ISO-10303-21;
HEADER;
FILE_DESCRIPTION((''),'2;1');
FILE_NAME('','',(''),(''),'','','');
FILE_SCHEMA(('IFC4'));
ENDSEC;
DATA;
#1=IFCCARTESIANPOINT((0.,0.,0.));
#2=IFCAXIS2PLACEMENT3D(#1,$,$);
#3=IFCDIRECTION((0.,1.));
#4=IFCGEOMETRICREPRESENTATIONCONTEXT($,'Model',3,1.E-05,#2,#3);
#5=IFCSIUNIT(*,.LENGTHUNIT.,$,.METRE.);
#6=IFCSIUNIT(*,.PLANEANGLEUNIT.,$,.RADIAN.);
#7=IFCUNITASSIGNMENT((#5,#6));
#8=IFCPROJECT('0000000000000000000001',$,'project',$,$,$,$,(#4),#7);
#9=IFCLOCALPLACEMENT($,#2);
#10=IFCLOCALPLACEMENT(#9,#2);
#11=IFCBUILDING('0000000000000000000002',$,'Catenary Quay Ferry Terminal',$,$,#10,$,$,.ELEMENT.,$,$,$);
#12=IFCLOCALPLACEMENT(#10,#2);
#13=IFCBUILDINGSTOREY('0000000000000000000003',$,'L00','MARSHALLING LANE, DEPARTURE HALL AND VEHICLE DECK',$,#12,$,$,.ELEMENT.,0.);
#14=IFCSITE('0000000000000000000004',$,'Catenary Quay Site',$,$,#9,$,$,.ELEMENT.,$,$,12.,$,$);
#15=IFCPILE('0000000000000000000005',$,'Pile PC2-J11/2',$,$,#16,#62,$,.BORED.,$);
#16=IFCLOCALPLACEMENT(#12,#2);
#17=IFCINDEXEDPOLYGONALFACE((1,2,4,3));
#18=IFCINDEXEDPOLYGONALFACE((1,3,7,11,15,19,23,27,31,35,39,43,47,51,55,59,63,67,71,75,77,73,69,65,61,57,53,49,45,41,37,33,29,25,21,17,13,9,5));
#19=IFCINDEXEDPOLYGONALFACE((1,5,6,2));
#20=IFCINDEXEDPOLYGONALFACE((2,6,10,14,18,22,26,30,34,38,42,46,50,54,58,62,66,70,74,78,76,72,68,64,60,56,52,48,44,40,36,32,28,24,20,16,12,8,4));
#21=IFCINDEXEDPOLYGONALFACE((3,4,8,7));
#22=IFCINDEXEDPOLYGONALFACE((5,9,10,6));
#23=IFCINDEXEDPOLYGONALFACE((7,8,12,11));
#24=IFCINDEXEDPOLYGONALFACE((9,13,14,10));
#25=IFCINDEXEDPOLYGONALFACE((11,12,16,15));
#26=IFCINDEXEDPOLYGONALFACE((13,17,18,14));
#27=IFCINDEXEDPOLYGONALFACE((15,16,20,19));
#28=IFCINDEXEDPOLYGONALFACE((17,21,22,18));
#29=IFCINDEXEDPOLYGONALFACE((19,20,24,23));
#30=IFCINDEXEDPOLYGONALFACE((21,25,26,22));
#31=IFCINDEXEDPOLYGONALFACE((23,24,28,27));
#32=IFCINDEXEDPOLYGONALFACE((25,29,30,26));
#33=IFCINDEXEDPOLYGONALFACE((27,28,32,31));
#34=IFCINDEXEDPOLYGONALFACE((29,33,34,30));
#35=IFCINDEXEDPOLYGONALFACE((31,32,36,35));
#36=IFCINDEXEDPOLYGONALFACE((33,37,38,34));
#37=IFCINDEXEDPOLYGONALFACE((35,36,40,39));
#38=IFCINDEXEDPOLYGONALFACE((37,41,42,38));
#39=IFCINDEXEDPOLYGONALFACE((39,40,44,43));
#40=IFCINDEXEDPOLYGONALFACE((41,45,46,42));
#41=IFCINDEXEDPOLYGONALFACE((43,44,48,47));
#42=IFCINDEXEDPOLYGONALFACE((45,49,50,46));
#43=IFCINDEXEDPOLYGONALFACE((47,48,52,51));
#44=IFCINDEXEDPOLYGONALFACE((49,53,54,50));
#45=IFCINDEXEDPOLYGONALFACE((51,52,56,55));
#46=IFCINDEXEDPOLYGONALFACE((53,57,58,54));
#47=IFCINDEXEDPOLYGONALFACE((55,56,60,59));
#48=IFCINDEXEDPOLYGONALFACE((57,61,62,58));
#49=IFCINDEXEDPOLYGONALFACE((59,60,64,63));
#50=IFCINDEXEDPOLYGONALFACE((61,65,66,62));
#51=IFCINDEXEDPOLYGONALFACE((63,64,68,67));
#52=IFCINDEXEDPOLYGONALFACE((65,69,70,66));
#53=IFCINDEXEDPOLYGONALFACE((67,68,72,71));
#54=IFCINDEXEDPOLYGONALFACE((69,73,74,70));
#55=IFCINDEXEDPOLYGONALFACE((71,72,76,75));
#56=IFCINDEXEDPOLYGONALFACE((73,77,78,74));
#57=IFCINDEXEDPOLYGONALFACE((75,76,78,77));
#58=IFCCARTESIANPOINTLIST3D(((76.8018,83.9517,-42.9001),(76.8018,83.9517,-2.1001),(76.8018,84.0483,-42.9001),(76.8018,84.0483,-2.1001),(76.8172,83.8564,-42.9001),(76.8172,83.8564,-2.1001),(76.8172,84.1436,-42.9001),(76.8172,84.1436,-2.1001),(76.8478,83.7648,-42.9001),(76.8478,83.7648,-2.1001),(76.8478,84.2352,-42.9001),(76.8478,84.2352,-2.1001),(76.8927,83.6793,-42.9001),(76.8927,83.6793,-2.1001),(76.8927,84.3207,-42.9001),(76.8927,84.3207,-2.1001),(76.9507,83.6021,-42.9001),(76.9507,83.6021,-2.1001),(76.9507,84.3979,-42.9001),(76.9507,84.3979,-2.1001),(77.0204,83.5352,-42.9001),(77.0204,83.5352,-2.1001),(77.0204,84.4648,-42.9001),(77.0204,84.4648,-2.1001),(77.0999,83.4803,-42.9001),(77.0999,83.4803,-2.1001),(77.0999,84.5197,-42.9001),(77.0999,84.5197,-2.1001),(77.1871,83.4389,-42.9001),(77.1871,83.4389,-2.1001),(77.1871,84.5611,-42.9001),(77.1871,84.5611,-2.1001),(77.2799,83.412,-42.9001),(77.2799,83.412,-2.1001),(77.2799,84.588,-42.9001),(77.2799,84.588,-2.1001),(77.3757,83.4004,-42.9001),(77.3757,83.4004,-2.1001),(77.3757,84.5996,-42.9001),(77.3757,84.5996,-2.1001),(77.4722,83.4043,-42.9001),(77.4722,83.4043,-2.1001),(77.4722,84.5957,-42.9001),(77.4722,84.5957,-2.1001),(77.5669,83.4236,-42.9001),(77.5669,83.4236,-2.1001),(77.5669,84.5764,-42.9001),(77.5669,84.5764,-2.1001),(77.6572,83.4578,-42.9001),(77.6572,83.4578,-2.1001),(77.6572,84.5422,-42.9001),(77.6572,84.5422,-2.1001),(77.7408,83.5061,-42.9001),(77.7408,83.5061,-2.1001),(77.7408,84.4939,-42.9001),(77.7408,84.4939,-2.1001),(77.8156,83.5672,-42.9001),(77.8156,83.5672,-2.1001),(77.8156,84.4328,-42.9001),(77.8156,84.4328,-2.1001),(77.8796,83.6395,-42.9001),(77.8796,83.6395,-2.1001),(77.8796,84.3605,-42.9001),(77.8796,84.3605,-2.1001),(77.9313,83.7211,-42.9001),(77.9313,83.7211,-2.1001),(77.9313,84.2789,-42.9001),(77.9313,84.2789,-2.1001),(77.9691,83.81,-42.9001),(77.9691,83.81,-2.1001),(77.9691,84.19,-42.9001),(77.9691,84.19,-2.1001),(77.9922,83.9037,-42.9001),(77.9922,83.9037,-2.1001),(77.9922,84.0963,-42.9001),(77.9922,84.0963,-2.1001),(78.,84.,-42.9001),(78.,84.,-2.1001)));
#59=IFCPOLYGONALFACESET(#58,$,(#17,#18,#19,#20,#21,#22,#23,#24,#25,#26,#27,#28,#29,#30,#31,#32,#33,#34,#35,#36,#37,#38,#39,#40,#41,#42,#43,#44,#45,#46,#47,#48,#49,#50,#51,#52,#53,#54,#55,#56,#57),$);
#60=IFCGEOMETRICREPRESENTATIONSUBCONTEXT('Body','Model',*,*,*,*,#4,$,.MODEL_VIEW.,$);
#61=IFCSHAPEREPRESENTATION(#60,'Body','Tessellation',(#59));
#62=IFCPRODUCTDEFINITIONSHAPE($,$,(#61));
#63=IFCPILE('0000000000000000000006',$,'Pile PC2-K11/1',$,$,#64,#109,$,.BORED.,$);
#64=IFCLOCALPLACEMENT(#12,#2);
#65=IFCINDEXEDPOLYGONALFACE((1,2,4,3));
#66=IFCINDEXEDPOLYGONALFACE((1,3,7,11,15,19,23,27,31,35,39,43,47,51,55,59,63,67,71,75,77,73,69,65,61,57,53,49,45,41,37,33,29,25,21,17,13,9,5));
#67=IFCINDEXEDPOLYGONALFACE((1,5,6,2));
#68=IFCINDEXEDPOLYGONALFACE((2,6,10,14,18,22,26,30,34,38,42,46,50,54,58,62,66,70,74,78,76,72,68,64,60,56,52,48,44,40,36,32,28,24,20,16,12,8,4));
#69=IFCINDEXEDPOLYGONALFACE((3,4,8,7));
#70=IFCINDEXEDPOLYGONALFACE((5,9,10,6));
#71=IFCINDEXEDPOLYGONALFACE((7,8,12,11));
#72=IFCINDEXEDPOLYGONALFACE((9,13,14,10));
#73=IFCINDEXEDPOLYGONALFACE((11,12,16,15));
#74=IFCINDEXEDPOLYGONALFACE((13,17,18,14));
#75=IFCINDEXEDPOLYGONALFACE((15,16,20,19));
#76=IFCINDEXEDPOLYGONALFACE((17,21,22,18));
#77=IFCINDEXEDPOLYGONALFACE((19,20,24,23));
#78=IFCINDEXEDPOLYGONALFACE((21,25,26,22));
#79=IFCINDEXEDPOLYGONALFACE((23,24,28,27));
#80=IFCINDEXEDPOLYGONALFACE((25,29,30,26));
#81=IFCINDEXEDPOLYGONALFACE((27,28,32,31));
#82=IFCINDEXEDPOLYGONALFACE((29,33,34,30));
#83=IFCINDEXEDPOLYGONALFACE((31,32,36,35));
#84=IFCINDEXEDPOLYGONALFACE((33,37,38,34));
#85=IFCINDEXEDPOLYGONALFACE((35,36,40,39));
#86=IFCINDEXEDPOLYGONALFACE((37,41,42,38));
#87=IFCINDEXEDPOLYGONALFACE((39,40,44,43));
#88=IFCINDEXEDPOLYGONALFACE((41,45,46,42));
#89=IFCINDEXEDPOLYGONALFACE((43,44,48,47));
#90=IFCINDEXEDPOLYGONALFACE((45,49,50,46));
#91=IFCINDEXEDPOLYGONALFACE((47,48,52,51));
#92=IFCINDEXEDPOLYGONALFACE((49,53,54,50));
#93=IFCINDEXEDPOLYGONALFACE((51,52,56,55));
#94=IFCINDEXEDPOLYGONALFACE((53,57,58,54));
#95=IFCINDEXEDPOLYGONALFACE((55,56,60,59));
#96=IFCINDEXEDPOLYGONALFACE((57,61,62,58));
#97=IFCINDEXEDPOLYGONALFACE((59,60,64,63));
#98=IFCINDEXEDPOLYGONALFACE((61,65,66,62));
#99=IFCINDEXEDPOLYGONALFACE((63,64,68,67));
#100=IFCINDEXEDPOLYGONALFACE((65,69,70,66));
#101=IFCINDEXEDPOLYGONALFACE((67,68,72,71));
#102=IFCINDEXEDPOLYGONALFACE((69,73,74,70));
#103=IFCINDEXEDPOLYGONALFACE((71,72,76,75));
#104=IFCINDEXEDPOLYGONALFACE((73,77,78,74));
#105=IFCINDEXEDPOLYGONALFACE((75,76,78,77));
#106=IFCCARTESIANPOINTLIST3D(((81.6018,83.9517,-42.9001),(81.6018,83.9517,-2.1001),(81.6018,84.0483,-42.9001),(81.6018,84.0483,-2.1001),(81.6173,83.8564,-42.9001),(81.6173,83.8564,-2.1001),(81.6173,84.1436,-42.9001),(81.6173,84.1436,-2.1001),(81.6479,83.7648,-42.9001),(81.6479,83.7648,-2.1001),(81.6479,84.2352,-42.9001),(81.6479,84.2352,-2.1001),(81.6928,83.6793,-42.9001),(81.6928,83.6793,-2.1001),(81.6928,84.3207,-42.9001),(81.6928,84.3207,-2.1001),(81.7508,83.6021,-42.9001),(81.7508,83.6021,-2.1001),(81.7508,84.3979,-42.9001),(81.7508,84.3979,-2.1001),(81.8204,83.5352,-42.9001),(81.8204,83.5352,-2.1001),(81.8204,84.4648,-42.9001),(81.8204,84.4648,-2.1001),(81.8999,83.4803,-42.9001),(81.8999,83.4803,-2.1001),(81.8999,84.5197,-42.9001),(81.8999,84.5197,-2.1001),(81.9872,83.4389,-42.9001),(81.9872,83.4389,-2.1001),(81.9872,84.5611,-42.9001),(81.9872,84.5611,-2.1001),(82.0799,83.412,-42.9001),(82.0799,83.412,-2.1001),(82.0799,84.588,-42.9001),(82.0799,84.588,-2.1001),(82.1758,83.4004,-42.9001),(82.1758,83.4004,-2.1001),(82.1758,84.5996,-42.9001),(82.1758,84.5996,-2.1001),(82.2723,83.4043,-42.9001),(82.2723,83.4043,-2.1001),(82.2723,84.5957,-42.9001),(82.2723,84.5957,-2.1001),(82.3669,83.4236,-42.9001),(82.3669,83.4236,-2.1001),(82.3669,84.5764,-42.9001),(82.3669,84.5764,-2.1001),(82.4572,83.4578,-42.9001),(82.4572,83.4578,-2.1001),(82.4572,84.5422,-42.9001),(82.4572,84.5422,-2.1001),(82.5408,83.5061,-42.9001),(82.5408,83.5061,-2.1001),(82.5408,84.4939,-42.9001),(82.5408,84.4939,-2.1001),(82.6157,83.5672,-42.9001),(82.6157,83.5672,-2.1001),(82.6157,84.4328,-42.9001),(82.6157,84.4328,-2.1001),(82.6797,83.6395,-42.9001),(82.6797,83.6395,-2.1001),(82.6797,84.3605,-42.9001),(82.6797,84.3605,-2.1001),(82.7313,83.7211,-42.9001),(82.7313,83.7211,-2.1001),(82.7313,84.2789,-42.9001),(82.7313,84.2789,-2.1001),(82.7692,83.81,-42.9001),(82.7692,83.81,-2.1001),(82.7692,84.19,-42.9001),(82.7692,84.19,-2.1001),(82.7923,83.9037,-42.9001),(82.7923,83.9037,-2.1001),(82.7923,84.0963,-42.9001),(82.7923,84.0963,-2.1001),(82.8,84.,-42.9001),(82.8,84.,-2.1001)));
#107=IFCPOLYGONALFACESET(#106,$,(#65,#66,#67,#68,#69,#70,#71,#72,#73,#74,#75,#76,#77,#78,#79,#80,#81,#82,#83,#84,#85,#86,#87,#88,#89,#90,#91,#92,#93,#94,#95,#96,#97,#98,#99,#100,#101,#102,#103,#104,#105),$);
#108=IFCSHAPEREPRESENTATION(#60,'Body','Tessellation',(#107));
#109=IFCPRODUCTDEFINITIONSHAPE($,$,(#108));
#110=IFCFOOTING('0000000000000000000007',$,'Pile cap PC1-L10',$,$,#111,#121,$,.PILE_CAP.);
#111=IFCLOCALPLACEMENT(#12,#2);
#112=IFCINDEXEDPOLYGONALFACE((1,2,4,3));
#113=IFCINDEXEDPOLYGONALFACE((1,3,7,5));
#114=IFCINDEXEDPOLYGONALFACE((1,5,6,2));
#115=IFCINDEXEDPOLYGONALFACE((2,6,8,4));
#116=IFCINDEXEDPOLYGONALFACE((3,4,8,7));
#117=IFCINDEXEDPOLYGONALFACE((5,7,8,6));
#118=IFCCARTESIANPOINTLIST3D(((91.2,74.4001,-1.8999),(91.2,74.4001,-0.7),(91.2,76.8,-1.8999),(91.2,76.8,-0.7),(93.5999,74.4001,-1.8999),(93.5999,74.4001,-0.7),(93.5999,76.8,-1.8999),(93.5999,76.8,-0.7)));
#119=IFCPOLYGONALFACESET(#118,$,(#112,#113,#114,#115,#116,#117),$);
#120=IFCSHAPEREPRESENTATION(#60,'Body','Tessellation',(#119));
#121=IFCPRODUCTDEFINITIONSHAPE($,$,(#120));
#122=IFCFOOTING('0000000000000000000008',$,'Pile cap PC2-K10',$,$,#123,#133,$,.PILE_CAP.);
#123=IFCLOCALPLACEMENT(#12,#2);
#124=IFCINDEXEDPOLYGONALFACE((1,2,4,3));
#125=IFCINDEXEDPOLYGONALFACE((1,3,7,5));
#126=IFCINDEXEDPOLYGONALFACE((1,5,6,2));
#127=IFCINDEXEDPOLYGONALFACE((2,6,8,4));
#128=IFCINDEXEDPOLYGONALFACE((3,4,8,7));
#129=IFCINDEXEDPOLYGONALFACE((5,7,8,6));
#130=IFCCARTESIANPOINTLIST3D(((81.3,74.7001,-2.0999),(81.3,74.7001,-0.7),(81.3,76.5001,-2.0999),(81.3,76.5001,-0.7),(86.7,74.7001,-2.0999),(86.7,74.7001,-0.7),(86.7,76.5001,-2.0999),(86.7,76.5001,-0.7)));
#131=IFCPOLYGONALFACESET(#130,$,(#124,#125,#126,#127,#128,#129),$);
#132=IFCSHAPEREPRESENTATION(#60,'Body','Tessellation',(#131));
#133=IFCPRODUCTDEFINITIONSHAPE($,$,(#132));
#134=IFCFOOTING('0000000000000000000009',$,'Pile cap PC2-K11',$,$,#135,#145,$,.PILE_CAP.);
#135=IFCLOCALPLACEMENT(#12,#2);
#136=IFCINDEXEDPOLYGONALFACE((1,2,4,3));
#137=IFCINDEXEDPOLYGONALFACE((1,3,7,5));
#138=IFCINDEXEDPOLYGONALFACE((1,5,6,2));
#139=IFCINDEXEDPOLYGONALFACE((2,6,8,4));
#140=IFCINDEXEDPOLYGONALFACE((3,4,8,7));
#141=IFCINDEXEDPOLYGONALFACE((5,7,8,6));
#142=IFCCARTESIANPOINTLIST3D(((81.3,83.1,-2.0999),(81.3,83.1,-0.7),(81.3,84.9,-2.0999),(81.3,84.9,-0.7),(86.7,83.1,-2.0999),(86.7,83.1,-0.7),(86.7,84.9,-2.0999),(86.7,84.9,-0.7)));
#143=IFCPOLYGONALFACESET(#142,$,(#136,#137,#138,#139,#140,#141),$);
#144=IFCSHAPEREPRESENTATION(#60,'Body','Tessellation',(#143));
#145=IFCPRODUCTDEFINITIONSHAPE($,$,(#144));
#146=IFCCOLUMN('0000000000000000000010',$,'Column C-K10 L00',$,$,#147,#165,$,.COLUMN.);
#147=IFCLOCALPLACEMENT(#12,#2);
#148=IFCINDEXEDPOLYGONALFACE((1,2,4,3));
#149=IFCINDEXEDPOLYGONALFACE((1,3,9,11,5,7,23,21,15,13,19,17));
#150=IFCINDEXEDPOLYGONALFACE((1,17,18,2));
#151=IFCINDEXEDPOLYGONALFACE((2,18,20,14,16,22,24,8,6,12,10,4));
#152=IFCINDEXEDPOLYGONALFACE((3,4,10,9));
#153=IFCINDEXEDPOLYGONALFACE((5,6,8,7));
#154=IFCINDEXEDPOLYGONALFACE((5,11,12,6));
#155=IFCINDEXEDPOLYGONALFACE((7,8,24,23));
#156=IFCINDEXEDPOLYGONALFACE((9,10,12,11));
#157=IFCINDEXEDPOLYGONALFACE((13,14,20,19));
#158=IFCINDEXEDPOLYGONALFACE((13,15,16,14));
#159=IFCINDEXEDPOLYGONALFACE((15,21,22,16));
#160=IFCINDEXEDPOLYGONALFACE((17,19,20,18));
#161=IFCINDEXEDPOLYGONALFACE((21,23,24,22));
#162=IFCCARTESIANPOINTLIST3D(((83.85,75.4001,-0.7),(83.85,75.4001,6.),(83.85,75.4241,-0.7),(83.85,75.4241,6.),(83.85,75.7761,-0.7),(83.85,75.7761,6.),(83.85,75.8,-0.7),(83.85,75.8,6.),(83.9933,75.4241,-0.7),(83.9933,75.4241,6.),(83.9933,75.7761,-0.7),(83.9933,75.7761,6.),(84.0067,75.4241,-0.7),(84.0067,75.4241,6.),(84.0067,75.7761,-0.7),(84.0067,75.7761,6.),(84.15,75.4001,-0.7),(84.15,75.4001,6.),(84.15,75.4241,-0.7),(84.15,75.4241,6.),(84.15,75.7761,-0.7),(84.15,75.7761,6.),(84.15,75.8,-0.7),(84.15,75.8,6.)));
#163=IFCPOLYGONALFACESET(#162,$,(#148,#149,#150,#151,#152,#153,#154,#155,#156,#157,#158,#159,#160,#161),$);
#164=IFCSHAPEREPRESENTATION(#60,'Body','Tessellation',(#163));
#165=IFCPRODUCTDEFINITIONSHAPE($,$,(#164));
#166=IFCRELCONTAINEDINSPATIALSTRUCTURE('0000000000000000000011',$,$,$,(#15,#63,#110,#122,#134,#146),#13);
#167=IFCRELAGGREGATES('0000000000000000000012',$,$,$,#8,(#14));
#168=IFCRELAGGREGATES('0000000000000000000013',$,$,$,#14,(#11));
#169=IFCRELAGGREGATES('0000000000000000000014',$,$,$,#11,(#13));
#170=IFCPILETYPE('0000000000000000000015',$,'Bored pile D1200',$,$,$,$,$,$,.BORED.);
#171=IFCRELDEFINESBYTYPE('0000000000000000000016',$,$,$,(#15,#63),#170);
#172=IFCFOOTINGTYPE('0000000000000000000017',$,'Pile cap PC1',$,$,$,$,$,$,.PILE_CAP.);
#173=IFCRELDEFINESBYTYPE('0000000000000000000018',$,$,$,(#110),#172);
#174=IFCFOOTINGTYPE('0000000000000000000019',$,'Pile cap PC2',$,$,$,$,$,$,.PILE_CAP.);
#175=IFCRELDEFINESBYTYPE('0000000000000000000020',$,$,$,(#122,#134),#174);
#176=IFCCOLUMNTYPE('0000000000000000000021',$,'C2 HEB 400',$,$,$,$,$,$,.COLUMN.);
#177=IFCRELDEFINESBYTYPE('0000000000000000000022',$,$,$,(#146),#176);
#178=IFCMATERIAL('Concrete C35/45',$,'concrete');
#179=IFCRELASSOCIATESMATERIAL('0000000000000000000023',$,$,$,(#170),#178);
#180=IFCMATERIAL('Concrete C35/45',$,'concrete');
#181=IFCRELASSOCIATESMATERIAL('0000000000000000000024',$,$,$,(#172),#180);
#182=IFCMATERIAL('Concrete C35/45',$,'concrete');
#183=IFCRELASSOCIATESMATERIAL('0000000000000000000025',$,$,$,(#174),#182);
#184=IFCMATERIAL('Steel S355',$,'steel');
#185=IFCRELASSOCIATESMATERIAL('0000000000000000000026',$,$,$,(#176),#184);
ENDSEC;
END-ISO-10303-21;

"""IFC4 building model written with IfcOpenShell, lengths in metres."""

from ifc_helpers import new_model, si_unit, direction, frame, origin, origin_2d, place, context, subcontext, project, spatial, rectangle, circle, i_section, extrude, material, material_profile, profile_set, type_object, element, save


model = new_model("IFC4")

# Units and contexts
model_context = context("Model", 3, precision=1e-05, world=origin(), true_north=direction((0.0, 1.0)))
body_context = subcontext(model_context, "Body", "Model", "MODEL_VIEW")
ifc_project = project(units=[si_unit("LENGTHUNIT", "METRE"), si_unit("PLANEANGLEUNIT", "RADIAN")], contexts=[model_context])

# Site, building, storey
site_placement = place(None, origin())
site = spatial("IfcSite", under=ifc_project, at=site_placement, Name="Catenary Quay Site", CompositionType="ELEMENT", RefElevation=12.0)
building_placement = place(site_placement, origin())
building = spatial("IfcBuilding", under=site, at=building_placement, Name="Catenary Quay Ferry Terminal", CompositionType="ELEMENT")
storey_placement = place(building_placement, origin())
storey = spatial("IfcBuildingStorey", under=building, at=storey_placement, Name="L00", Description="MARSHALLING LANE, DEPARTURE HALL AND VEHICLE DECK", CompositionType="ELEMENT", Elevation=0.0)

# Piles
ifc_material_1 = material(Name="Concrete C35/45", Category="concrete")
ifc_material_profile_1 = material_profile(ifc_material_1, circle(Radius=0.6001, at=origin_2d()), Name="D1200")
ifc_profile_set_1 = profile_set([ifc_material_profile_1], Name="Concrete C35/45")
pile_type = type_object("IfcPileType", Name="Bored pile D1200", PredefinedType="BORED", material=ifc_profile_set_1)
for number, where, z_axis, x_axis, name in (
    (1, (77.3999, 84.0, -2.1001), (0.0, 0.0, -1.0), (1.0, 0.0, 0.0), "Pile PC2-J11/2"),
    (2, (82.2, 84.0, -2.1001), (0.0, 0.0, -1.0), (1.0, 0.0, 0.0), "Pile PC2-K11/1"),
):
    element("IfcPile", number, at=place(storey_placement, frame(where, z_axis=z_axis, x_axis=x_axis)), inside=storey, type_object=pile_type, Name=name, PredefinedType="BORED", context=body_context, shape_type="SweptSolid", body=[
        extrude(circle(Radius=0.6001, at=origin_2d()), origin(), (0.0, 0.0, 1.0), 40.8),
    ])

# Footings
ifc_material_2 = material(Name="Concrete C35/45", Category="concrete")
footing_type_1 = type_object("IfcFootingType", Name="Pile cap PC1", PredefinedType="PILE_CAP", material=ifc_material_2)
footing_placement = place(storey_placement, frame((92.3999, 75.6001, -1.8999), z_axis=(0.0, 0.0, 1.0), x_axis=(1.0, 0.0, 0.0)))
element("IfcFooting", 3, at=footing_placement, inside=storey, type_object=footing_type_1, Name="Pile cap PC1-L10", PredefinedType="PILE_CAP", context=body_context, shape_type="SweptSolid", body=[
    extrude(rectangle(XDim=2.3999, YDim=2.3999, at=origin_2d()), origin(), (0.0, 0.0, 1.0), 1.2),
])
ifc_material_3 = material(Name="Concrete C35/45", Category="concrete")
footing_type_2 = type_object("IfcFootingType", Name="Pile cap PC2", PredefinedType="PILE_CAP", material=ifc_material_3)
for number, where, z_axis, x_axis, name in (
    (4, (84.0, 75.6001, -2.0999), (0.0, 0.0, 1.0), (1.0, 0.0, 0.0), "Pile cap PC2-K10"),
    (5, (84.0, 84.0, -2.0999), (0.0, 0.0, 1.0), (1.0, 0.0, 0.0), "Pile cap PC2-K11"),
):
    element("IfcFooting", number, at=place(storey_placement, frame(where, z_axis=z_axis, x_axis=x_axis)), inside=storey, type_object=footing_type_2, Name=name, PredefinedType="PILE_CAP", context=body_context, shape_type="SweptSolid", body=[
        extrude(rectangle(XDim=5.3999, YDim=1.8, at=origin_2d()), origin(), (0.0, 0.0, 1.0), 1.3999),
    ])

# Column
ifc_material_4 = material(Name="Steel S355", Category="steel")
ifc_material_profile_2 = material_profile(ifc_material_4, i_section(OverallWidth=0.3, OverallDepth=0.3999, WebThickness=0.0134, FlangeThickness=0.0239, at=origin_2d()), Name="HEB 400")
ifc_profile_set_2 = profile_set([ifc_material_profile_2], Name="Steel S355")
column_type_1 = type_object("IfcColumnType", Name="C2 HEB 400", PredefinedType="COLUMN", material=ifc_profile_set_2)
column_placement = place(storey_placement, frame((84.0, 75.6001, -0.7), z_axis=(0.0, 0.0, 1.0), x_axis=(1.0, 0.0, 0.0)))
element("IfcColumn", 6, at=column_placement, inside=storey, type_object=column_type_1, Name="Column C-K10 L00", PredefinedType="COLUMN", context=body_context, shape_type="SweptSolid", body=[
    extrude(i_section(OverallWidth=0.3, OverallDepth=0.3999, WebThickness=0.0134, FlangeThickness=0.0239, at=origin_2d()), origin(), (0.0, 0.0, 1.0), 6.7),
])

save(model, "model.ifc")
